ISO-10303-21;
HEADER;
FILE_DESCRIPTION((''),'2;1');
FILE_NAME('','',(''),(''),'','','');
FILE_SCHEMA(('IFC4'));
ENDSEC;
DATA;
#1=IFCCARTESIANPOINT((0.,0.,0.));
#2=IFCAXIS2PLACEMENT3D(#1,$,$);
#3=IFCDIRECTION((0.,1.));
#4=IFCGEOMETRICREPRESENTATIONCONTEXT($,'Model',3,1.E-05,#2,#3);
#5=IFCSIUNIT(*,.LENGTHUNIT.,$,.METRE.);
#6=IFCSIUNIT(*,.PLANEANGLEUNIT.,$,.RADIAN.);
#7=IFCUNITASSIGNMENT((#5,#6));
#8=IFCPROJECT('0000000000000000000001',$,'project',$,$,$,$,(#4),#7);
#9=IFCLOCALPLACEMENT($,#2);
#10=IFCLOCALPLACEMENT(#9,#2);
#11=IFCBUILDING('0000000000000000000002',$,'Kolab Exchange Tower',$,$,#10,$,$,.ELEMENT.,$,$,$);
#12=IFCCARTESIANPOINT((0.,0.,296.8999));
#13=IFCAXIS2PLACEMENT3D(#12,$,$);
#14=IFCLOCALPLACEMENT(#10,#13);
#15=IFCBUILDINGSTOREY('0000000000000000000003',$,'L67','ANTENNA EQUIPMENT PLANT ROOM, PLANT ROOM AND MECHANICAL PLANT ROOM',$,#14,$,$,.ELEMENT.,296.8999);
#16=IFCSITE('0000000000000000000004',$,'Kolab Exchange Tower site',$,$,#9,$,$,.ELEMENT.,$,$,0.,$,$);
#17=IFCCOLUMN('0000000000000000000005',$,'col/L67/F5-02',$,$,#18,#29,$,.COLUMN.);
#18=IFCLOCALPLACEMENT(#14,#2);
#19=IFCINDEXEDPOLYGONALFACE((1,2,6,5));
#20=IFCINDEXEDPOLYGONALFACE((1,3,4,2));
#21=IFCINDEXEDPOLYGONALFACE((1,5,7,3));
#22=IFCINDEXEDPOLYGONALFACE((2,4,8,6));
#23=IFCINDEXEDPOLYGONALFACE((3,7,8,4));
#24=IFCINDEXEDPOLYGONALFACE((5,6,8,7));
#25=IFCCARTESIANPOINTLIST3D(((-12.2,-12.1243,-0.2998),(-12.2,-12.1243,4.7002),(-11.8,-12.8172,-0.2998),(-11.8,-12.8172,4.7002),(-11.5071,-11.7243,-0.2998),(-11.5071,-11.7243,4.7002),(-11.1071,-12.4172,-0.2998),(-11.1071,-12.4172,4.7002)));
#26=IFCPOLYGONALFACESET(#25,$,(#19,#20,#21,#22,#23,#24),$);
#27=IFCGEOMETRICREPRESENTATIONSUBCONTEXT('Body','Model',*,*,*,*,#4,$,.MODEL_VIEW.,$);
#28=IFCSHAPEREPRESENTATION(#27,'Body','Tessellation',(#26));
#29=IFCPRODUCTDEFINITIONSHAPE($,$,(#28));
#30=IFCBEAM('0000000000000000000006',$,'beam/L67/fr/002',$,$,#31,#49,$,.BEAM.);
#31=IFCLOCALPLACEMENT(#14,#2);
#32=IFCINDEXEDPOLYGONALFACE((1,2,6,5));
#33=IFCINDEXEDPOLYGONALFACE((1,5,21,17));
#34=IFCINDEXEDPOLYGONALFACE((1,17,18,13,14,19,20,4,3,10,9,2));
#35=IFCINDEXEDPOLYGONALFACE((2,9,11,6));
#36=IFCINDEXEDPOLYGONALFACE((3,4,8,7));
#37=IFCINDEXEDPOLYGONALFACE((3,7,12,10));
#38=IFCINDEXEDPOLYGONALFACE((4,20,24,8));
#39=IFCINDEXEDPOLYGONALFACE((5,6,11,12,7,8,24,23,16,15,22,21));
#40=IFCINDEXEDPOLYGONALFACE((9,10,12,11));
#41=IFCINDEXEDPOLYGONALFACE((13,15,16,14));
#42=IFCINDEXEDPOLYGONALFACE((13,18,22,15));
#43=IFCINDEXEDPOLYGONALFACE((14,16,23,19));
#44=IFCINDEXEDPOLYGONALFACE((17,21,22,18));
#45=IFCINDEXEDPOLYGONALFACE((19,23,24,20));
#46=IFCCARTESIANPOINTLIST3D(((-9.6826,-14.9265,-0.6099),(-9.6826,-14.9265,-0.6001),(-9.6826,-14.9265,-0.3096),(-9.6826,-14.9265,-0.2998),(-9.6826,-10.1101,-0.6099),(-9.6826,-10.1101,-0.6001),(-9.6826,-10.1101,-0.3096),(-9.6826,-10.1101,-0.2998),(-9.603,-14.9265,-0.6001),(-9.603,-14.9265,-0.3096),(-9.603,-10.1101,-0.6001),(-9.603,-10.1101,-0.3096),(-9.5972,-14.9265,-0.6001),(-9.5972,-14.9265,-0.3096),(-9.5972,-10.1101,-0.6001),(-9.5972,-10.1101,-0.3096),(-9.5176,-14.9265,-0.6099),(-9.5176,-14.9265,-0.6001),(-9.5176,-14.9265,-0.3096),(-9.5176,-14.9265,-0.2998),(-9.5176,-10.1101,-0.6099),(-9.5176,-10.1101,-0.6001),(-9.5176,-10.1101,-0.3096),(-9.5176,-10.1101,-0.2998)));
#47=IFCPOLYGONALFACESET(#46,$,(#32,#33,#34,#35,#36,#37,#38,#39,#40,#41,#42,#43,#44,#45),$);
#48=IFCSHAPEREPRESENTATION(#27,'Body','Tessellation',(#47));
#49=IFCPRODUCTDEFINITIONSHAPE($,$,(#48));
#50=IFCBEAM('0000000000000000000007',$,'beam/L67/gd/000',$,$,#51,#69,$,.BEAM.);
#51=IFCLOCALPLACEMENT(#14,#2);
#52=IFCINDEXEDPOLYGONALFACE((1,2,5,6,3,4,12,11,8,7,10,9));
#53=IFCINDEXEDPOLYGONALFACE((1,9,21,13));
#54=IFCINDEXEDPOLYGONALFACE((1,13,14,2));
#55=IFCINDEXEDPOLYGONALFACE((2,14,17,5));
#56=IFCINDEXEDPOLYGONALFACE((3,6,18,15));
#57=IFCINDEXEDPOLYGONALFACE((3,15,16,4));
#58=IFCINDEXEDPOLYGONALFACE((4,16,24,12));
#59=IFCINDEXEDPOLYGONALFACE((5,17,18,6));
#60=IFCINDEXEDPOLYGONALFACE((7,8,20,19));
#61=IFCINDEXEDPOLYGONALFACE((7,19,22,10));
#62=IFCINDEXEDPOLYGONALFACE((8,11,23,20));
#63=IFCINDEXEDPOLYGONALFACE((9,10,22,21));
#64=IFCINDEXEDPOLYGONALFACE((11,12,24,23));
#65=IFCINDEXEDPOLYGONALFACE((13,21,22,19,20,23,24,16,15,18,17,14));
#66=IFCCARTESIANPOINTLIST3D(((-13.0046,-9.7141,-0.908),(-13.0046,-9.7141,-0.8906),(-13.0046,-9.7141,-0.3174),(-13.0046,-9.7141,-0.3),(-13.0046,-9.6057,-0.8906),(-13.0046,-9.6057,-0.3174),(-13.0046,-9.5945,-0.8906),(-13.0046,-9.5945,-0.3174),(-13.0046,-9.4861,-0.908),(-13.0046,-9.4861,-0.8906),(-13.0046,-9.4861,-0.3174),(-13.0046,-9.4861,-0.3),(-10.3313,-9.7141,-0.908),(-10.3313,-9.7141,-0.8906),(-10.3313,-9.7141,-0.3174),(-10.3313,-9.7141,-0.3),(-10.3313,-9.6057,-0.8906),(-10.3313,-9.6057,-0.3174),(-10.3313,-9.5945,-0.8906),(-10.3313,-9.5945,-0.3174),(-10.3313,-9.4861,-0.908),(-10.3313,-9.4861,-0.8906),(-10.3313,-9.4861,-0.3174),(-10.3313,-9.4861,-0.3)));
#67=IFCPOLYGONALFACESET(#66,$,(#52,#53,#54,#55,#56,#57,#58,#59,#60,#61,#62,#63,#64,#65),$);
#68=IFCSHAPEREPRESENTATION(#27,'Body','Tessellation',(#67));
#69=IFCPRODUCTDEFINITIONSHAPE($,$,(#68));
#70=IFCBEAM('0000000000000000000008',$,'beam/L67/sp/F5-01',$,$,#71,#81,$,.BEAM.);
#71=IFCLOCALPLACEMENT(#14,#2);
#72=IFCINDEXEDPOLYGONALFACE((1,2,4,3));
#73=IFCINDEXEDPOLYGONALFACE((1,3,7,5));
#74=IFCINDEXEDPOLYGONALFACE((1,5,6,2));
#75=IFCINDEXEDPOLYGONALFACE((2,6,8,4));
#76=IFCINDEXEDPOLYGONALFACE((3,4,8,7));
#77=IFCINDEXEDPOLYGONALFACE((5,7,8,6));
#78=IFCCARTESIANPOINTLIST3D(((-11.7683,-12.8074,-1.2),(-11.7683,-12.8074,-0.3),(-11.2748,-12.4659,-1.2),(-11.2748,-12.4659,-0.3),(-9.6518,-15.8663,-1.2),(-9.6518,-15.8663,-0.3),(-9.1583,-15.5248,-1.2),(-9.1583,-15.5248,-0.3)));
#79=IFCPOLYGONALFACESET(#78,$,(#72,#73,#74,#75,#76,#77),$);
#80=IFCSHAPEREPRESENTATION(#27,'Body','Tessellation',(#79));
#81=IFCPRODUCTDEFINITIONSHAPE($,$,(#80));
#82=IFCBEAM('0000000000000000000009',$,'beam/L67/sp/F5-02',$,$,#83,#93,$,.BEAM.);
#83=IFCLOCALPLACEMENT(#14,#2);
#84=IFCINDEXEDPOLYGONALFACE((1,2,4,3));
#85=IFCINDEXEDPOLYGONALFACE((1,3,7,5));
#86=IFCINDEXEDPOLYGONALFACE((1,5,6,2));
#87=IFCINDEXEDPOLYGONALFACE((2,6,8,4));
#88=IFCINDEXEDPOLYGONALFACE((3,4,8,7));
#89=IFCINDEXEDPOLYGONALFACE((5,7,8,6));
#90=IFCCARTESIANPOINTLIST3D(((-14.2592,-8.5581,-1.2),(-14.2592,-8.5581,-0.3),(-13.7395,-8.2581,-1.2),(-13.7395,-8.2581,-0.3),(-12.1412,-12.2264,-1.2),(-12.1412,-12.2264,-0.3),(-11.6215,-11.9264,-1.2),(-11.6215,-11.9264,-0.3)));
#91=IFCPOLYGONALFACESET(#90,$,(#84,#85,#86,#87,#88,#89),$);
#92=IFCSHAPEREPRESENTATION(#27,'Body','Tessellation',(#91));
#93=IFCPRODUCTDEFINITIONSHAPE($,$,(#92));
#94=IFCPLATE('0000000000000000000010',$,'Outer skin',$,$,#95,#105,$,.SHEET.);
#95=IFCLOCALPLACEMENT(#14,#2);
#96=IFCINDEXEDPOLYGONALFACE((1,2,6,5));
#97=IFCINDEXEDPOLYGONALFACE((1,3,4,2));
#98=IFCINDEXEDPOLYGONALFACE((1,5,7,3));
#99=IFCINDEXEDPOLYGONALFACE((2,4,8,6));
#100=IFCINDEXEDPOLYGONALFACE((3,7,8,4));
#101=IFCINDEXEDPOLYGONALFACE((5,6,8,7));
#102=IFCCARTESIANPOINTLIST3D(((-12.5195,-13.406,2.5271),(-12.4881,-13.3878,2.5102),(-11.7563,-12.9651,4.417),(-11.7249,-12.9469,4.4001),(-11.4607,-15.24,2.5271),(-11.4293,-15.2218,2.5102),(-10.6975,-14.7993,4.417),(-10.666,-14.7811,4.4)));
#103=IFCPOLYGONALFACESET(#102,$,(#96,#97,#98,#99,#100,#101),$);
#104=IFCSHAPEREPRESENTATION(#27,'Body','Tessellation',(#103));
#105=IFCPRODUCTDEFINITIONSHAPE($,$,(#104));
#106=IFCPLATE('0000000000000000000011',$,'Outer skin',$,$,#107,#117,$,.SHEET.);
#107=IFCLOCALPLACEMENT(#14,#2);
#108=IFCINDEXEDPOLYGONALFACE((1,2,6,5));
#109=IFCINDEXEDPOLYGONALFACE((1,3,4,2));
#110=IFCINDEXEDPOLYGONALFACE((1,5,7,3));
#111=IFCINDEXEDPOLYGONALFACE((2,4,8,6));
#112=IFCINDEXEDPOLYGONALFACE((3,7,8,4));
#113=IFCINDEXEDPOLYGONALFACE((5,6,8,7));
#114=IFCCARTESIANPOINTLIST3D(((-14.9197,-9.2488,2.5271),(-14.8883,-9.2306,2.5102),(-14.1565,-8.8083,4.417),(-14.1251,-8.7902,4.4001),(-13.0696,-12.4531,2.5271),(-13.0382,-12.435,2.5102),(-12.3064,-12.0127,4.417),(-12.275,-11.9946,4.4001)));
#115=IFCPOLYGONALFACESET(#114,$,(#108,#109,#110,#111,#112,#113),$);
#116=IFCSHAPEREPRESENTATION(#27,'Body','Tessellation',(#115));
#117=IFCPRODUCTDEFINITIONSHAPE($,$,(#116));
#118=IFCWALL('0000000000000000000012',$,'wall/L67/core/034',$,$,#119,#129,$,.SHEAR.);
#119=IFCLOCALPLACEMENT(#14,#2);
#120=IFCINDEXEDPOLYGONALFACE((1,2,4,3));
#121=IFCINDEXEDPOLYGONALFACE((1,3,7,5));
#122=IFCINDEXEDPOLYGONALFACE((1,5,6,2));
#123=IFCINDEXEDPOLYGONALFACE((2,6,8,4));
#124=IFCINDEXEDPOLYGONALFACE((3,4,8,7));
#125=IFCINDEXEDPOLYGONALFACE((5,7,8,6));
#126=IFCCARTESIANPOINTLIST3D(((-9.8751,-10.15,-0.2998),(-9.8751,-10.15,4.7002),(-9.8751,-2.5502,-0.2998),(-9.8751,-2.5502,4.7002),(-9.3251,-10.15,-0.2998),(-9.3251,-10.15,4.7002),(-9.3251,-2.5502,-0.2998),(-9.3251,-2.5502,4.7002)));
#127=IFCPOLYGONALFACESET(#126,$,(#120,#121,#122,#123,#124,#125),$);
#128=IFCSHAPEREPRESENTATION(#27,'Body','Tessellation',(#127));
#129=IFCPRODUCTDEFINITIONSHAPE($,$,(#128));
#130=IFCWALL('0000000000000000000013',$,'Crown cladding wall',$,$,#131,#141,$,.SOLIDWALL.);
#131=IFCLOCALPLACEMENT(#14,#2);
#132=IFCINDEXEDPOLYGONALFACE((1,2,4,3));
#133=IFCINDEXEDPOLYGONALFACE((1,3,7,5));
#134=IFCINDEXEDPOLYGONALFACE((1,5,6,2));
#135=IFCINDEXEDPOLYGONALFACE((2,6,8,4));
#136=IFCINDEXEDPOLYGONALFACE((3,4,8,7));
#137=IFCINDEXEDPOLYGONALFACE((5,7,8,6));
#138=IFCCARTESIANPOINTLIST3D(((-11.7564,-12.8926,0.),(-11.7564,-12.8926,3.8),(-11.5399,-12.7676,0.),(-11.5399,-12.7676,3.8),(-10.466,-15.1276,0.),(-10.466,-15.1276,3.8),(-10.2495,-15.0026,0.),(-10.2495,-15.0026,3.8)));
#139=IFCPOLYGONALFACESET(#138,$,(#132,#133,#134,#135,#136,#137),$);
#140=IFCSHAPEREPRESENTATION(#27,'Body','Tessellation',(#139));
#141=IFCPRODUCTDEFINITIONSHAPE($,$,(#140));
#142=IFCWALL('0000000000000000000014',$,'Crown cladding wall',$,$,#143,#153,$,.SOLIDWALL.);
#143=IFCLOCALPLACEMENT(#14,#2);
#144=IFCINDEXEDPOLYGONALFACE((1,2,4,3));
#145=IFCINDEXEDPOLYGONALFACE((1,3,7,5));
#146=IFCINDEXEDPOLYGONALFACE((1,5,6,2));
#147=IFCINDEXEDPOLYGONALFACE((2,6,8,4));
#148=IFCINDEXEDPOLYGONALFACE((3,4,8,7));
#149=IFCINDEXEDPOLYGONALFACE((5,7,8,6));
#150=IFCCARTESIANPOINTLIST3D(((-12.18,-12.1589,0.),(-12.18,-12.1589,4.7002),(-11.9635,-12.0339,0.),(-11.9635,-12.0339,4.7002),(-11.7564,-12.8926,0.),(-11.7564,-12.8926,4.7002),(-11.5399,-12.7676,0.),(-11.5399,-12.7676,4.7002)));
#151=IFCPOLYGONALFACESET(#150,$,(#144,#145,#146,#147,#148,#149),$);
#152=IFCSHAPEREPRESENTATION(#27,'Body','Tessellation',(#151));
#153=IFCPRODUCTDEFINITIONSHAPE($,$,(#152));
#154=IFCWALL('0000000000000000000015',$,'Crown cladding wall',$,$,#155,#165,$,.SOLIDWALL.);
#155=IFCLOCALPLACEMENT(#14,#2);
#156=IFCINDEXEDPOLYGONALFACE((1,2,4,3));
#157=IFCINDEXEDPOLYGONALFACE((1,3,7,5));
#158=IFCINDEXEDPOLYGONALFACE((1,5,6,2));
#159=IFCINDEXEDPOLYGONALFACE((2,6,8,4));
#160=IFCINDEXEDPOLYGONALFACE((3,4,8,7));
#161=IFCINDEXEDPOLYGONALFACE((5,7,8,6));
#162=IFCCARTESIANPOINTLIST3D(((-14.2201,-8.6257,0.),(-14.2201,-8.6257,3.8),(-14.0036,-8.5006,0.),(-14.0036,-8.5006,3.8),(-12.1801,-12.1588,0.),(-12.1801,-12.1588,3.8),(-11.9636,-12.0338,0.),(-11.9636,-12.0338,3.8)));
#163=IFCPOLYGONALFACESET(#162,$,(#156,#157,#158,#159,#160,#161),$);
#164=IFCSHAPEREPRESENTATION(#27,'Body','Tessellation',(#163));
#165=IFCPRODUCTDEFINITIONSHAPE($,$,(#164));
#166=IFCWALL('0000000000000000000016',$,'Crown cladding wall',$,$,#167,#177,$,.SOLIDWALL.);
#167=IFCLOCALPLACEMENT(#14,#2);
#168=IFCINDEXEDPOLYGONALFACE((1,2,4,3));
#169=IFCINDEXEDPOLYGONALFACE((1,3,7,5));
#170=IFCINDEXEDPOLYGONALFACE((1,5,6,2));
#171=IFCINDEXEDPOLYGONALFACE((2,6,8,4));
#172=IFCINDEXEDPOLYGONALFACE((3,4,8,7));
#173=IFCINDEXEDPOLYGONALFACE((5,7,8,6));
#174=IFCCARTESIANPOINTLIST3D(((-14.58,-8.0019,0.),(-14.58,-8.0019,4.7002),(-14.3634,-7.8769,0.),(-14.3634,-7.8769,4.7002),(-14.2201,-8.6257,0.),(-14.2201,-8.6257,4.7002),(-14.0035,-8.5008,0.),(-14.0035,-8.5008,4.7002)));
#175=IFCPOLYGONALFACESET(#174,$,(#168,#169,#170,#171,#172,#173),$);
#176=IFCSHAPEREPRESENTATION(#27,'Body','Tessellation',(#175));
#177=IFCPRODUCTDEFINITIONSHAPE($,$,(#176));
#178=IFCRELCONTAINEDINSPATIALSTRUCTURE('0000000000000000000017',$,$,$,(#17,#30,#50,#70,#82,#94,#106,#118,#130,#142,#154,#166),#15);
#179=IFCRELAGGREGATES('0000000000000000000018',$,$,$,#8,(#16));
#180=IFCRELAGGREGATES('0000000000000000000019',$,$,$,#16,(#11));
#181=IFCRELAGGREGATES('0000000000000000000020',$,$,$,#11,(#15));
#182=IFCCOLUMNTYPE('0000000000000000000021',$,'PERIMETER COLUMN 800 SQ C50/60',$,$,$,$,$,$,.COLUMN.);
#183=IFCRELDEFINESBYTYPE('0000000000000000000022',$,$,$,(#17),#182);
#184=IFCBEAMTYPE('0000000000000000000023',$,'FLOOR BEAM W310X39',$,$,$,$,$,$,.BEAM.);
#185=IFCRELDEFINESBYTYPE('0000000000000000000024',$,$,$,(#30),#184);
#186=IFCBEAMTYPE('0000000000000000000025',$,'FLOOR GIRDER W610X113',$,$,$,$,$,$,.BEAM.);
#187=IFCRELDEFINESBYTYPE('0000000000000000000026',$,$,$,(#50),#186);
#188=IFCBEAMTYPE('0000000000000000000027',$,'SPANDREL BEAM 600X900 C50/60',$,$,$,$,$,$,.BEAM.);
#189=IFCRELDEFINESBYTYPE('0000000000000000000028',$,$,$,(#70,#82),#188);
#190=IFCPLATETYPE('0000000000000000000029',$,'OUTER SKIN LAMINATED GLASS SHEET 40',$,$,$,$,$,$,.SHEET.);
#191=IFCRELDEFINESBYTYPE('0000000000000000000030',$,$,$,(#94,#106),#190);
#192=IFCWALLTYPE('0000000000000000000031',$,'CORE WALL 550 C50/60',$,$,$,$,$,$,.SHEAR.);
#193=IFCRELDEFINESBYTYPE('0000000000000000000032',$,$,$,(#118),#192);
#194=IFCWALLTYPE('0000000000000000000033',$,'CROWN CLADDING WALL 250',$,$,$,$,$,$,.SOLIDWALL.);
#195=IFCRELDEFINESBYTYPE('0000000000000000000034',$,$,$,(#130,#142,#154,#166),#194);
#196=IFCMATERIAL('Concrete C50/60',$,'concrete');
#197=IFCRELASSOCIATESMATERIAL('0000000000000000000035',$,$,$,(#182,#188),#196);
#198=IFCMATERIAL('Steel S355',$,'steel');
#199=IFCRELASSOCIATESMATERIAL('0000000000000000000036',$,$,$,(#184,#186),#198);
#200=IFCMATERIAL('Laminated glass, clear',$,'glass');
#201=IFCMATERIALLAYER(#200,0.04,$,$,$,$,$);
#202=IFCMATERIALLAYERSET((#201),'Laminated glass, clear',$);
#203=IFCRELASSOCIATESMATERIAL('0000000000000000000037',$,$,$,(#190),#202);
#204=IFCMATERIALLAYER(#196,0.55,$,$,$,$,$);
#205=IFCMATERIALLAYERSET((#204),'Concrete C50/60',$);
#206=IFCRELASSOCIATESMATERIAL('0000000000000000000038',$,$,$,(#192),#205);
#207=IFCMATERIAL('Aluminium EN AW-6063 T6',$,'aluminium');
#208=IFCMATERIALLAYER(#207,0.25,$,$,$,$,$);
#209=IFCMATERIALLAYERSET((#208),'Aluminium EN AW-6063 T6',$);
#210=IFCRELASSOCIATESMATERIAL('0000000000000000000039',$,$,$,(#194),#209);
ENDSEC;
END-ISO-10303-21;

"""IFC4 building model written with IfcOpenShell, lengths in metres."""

from ifc_helpers import new_model, si_unit, direction, frame, frame_2d, origin, origin_2d, place, context, subcontext, project, spatial, polyline, rectangle, i_section, outline, extrude, material, layer, layer_set, material_profile, profile_set, type_object, element, save


model = new_model("IFC4")

# Units and contexts
model_context = context("Model", 3, precision=1e-05, world=origin(), true_north=direction((0.0, 1.0)))
body_context = subcontext(model_context, "Body", "Model", "MODEL_VIEW")
ifc_project = project(units=[si_unit("LENGTHUNIT", "METRE"), si_unit("PLANEANGLEUNIT", "RADIAN")], contexts=[model_context])

# Site, building, storey
site_placement = place(None, origin())
site = spatial("IfcSite", under=ifc_project, at=site_placement, Name="Kolab Exchange Tower site", CompositionType="ELEMENT", RefElevation=0.0)
building_placement = place(site_placement, origin())
building = spatial("IfcBuilding", under=site, at=building_placement, Name="Kolab Exchange Tower", CompositionType="ELEMENT")
storey_placement = place(building_placement, frame((0.0, 0.0, 296.8999)))
storey = spatial("IfcBuildingStorey", under=building, at=storey_placement, Name="L67", Description="ANTENNA EQUIPMENT PLANT ROOM, PLANT ROOM AND MECHANICAL PLANT ROOM", CompositionType="ELEMENT", Elevation=296.8999)

# Column
ifc_material_1 = material(Name="Concrete C50/60", Category="concrete")
ifc_material_profile_1 = material_profile(ifc_material_1, rectangle(XDim=0.8, YDim=0.8, at=origin_2d()), Name="RC800")
ifc_profile_set_1 = profile_set([ifc_material_profile_1], Name="Concrete C50/60")
column_type = type_object("IfcColumnType", Name="PERIMETER COLUMN 800 SQ C50/60", PredefinedType="COLUMN", material=ifc_profile_set_1)
column_placement = place(storey_placement, frame((-11.6536, -12.2708, -0.2998), z_axis=(0.0, 0.0, 1.0), x_axis=(0.866025, 0.5, 0.0)))
element("IfcColumn", 1, at=column_placement, inside=storey, type_object=column_type, Name="col/L67/F5-02", PredefinedType="COLUMN", context=body_context, shape_type="SweptSolid", body=[
    extrude(rectangle(XDim=0.8, YDim=0.8, at=origin_2d()), origin(), (0.0, 0.0, 1.0), 5.0),
])

# Beams
ifc_material_2 = material(Name="Steel S355", Category="steel")
ifc_material_profile_2 = material_profile(ifc_material_2, i_section(OverallWidth=0.165, OverallDepth=0.3101, WebThickness=0.0059, FlangeThickness=0.0098, at=origin_2d()), Name="W310X39")
ifc_profile_set_2 = profile_set([ifc_material_profile_2], Name="Steel S355")
beam_type_1 = type_object("IfcBeamType", Name="FLOOR BEAM W310X39", PredefinedType="BEAM", material=ifc_profile_set_2)
beam_1_placement = place(storey_placement, frame((-9.6001, -14.9265, -0.4548), z_axis=(0.0, 1.0, 0.0), x_axis=(-1.0, 0.0, 0.0)))
element("IfcBeam", 2, at=beam_1_placement, inside=storey, type_object=beam_type_1, Name="beam/L67/fr/002", PredefinedType="BEAM", context=body_context, shape_type="SweptSolid", body=[
    extrude(i_section(OverallWidth=0.165, OverallDepth=0.3101, WebThickness=0.0059, FlangeThickness=0.0098, at=origin_2d()), origin(), (0.0, 0.0, 1.0), 4.8164),
])
ifc_material_profile_3 = material_profile(ifc_material_2, i_section(OverallWidth=0.228, OverallDepth=0.6079, WebThickness=0.0112, FlangeThickness=0.0173, at=origin_2d()), Name="W610X113")
ifc_profile_set_3 = profile_set([ifc_material_profile_3], Name="Steel S355")
beam_type_2 = type_object("IfcBeamType", Name="FLOOR GIRDER W610X113", PredefinedType="BEAM", material=ifc_profile_set_3)
beam_2_placement = place(storey_placement, frame((-13.0046, -9.6001, -0.604), z_axis=(1.0, 0.0, 0.0), x_axis=(0.0, 1.0, 0.0)))
element("IfcBeam", 3, at=beam_2_placement, inside=storey, type_object=beam_type_2, Name="beam/L67/gd/000", PredefinedType="BEAM", context=body_context, shape_type="SweptSolid", body=[
    extrude(i_section(OverallWidth=0.228, OverallDepth=0.6079, WebThickness=0.0112, FlangeThickness=0.0173, at=origin_2d()), origin(), (0.0, 0.0, 1.0), 2.6733),
])
ifc_material_profile_4 = material_profile(ifc_material_1, rectangle(XDim=0.6001, YDim=0.8999, at=origin_2d()), Name="RC600X900")
ifc_profile_set_4 = profile_set([ifc_material_profile_4], Name="Concrete C50/60")
beam_type_3 = type_object("IfcBeamType", Name="SPANDREL BEAM 600X900 C50/60", PredefinedType="BEAM", material=ifc_profile_set_4)
beam_3_placement = place(storey_placement, frame((-9.405, -15.6956, -0.75), z_axis=(-0.568992, 0.822343, 0.0), x_axis=(-0.822343, -0.568992, 0.0)))
element("IfcBeam", 4, at=beam_3_placement, inside=storey, type_object=beam_type_3, Name="beam/L67/sp/F5-01", PredefinedType="BEAM", context=body_context, shape_type="SweptSolid", body=[
    extrude(rectangle(XDim=0.6001, YDim=0.8999, at=origin_2d()), origin(), (0.0, 0.0, 1.0), 3.7197),
])
beam_4_placement = place(storey_placement, frame((-11.8813, -12.0764, -0.75), z_axis=(-0.500013, 0.866018, 0.0), x_axis=(-0.866018, -0.500013, 0.0)))
element("IfcBeam", 5, at=beam_4_placement, inside=storey, type_object=beam_type_3, Name="beam/L67/sp/F5-02", PredefinedType="BEAM", context=body_context, shape_type="SweptSolid", body=[
    extrude(rectangle(XDim=0.6001, YDim=0.8999, at=origin_2d()), origin(), (0.0, 0.0, 1.0), 4.2358),
])

# Plates
ifc_material_3 = material(Name="Laminated glass, clear", Category="glass")
ifc_layer_1 = layer(ifc_material_3, 0.04)
ifc_layer_set_1 = layer_set([ifc_layer_1], Name="Laminated glass, clear")
plate_type = type_object("IfcPlateType", Name="OUTER SKIN LAMINATED GLASS SHEET 40", PredefinedType="SHEET", material=ifc_layer_set_1)
plate_1_placement = place(storey_placement, frame((-11.4607, -15.24, 2.5271), z_axis=(-0.784891, -0.453121, 0.422643), x_axis=(-0.499975, 0.86604, -0.000011)))
element("IfcPlate", 6, at=plate_1_placement, inside=storey, type_object=plate_type, Name="Outer skin", PredefinedType="SHEET", context=body_context, shape_type="SweptSolid", body=[
    extrude(outline(polyline([(0.0, 0.0), (2.1177, 0.0), (2.118, -2.0853), (0.0, -2.0853), (0.0, 0.0)])), origin(), (0.0, 0.0, -1.0), 0.04),
])
plate_2_placement = place(storey_placement, frame((-13.0696, -12.4531, 2.5271), z_axis=(-0.784897, -0.453177, 0.422571), x_axis=(-0.500014, 0.866017, 0.0)))
element("IfcPlate", 7, at=plate_2_placement, inside=storey, type_object=plate_type, Name="Outer skin", PredefinedType="SHEET", context=body_context, shape_type="SweptSolid", body=[
    extrude(outline(polyline([(0.0, 0.0), (3.7001, 0.0), (3.6999, -2.0852), (-0.0002, -2.0852), (0.0, 0.0)])), origin(), (0.0, 0.0, -1.0), 0.04),
])

# Walls
ifc_layer_2 = layer(ifc_material_1, 0.55)
ifc_layer_set_2 = layer_set([ifc_layer_2], Name="Concrete C50/60")
wall_type_1 = type_object("IfcWallType", Name="CORE WALL 550 C50/60", PredefinedType="SHEAR", material=ifc_layer_set_2)
wall_1_placement = place(storey_placement, frame((-9.6001, -10.1499, -0.2998), z_axis=(0.0, 0.0, 1.0), x_axis=(0.0, 1.0, 0.0)))
element("IfcWall", 8, at=wall_1_placement, inside=storey, type_object=wall_type_1, Name="wall/L67/core/034", PredefinedType="SHEAR", context=body_context, shape_type="SweptSolid", body=[
    extrude(rectangle(XDim=7.5999, YDim=0.55, at=frame_2d((3.7998, 0.0))), origin(), (0.0, 0.0, 1.0), 5.0),
])
ifc_material_4 = material(Name="Aluminium EN AW-6063 T6", Category="aluminium")
ifc_layer_3 = layer(ifc_material_4, 0.25)
ifc_layer_set_3 = layer_set([ifc_layer_3], Name="Aluminium EN AW-6063 T6")
wall_type_2 = type_object("IfcWallType", Name="CROWN CLADDING WALL 250", PredefinedType="SOLIDWALL", material=ifc_layer_set_3)
wall_2_placement = place(storey_placement, frame((-10.3577, -15.0652, 0.0), z_axis=(0.0, 0.0, 1.0), x_axis=(-0.500025, 0.866011, 0.0)))
element("IfcWall", 9, at=wall_2_placement, inside=storey, type_object=wall_type_2, Name="Crown cladding wall", PredefinedType="SOLIDWALL", context=body_context, shape_type="SweptSolid", body=[
    extrude(rectangle(XDim=2.5808, YDim=0.25, at=frame_2d((1.2905, 0.0))), origin(), (0.0, 0.0, 1.0), 3.8),
])
wall_3_placement = place(storey_placement, frame((-11.6482, -12.8301, 0.0), z_axis=(0.0, 0.0, 1.0), x_axis=(-0.500013, 0.866018, 0.0)))
element("IfcWall", 10, at=wall_3_placement, inside=storey, type_object=wall_type_2, Name="Crown cladding wall", PredefinedType="SOLIDWALL", context=body_context, shape_type="SweptSolid", body=[
    extrude(rectangle(XDim=0.8472, YDim=0.25, at=frame_2d((0.4236, 0.0))), origin(), (0.0, 0.0, 1.0), 4.7002),
])
wall_4_placement = place(storey_placement, frame((-12.0718, -12.0964, 0.0), z_axis=(0.0, 0.0, 1.0), x_axis=(-0.500026, 0.86601, 0.0)))
element("IfcWall", 11, at=wall_4_placement, inside=storey, type_object=wall_type_2, Name="Crown cladding wall", PredefinedType="SOLIDWALL", context=body_context, shape_type="SweptSolid", body=[
    extrude(rectangle(XDim=4.0798, YDim=0.25, at=frame_2d((2.04, 0.0))), origin(), (0.0, 0.0, 1.0), 3.8),
])
wall_5_placement = place(storey_placement, frame((-14.1118, -8.5632, 0.0), z_axis=(0.0, 0.0, 1.0), x_axis=(-0.499713, 0.866191, 0.0)))
element("IfcWall", 12, at=wall_5_placement, inside=storey, type_object=wall_type_2, Name="Crown cladding wall", PredefinedType="SOLIDWALL", context=body_context, shape_type="SweptSolid", body=[
    extrude(rectangle(XDim=0.7202, YDim=0.25, at=frame_2d((0.3601, 0.0))), origin(), (0.0, 0.0, 1.0), 4.7002),
])

save(model, "model.ifc")
